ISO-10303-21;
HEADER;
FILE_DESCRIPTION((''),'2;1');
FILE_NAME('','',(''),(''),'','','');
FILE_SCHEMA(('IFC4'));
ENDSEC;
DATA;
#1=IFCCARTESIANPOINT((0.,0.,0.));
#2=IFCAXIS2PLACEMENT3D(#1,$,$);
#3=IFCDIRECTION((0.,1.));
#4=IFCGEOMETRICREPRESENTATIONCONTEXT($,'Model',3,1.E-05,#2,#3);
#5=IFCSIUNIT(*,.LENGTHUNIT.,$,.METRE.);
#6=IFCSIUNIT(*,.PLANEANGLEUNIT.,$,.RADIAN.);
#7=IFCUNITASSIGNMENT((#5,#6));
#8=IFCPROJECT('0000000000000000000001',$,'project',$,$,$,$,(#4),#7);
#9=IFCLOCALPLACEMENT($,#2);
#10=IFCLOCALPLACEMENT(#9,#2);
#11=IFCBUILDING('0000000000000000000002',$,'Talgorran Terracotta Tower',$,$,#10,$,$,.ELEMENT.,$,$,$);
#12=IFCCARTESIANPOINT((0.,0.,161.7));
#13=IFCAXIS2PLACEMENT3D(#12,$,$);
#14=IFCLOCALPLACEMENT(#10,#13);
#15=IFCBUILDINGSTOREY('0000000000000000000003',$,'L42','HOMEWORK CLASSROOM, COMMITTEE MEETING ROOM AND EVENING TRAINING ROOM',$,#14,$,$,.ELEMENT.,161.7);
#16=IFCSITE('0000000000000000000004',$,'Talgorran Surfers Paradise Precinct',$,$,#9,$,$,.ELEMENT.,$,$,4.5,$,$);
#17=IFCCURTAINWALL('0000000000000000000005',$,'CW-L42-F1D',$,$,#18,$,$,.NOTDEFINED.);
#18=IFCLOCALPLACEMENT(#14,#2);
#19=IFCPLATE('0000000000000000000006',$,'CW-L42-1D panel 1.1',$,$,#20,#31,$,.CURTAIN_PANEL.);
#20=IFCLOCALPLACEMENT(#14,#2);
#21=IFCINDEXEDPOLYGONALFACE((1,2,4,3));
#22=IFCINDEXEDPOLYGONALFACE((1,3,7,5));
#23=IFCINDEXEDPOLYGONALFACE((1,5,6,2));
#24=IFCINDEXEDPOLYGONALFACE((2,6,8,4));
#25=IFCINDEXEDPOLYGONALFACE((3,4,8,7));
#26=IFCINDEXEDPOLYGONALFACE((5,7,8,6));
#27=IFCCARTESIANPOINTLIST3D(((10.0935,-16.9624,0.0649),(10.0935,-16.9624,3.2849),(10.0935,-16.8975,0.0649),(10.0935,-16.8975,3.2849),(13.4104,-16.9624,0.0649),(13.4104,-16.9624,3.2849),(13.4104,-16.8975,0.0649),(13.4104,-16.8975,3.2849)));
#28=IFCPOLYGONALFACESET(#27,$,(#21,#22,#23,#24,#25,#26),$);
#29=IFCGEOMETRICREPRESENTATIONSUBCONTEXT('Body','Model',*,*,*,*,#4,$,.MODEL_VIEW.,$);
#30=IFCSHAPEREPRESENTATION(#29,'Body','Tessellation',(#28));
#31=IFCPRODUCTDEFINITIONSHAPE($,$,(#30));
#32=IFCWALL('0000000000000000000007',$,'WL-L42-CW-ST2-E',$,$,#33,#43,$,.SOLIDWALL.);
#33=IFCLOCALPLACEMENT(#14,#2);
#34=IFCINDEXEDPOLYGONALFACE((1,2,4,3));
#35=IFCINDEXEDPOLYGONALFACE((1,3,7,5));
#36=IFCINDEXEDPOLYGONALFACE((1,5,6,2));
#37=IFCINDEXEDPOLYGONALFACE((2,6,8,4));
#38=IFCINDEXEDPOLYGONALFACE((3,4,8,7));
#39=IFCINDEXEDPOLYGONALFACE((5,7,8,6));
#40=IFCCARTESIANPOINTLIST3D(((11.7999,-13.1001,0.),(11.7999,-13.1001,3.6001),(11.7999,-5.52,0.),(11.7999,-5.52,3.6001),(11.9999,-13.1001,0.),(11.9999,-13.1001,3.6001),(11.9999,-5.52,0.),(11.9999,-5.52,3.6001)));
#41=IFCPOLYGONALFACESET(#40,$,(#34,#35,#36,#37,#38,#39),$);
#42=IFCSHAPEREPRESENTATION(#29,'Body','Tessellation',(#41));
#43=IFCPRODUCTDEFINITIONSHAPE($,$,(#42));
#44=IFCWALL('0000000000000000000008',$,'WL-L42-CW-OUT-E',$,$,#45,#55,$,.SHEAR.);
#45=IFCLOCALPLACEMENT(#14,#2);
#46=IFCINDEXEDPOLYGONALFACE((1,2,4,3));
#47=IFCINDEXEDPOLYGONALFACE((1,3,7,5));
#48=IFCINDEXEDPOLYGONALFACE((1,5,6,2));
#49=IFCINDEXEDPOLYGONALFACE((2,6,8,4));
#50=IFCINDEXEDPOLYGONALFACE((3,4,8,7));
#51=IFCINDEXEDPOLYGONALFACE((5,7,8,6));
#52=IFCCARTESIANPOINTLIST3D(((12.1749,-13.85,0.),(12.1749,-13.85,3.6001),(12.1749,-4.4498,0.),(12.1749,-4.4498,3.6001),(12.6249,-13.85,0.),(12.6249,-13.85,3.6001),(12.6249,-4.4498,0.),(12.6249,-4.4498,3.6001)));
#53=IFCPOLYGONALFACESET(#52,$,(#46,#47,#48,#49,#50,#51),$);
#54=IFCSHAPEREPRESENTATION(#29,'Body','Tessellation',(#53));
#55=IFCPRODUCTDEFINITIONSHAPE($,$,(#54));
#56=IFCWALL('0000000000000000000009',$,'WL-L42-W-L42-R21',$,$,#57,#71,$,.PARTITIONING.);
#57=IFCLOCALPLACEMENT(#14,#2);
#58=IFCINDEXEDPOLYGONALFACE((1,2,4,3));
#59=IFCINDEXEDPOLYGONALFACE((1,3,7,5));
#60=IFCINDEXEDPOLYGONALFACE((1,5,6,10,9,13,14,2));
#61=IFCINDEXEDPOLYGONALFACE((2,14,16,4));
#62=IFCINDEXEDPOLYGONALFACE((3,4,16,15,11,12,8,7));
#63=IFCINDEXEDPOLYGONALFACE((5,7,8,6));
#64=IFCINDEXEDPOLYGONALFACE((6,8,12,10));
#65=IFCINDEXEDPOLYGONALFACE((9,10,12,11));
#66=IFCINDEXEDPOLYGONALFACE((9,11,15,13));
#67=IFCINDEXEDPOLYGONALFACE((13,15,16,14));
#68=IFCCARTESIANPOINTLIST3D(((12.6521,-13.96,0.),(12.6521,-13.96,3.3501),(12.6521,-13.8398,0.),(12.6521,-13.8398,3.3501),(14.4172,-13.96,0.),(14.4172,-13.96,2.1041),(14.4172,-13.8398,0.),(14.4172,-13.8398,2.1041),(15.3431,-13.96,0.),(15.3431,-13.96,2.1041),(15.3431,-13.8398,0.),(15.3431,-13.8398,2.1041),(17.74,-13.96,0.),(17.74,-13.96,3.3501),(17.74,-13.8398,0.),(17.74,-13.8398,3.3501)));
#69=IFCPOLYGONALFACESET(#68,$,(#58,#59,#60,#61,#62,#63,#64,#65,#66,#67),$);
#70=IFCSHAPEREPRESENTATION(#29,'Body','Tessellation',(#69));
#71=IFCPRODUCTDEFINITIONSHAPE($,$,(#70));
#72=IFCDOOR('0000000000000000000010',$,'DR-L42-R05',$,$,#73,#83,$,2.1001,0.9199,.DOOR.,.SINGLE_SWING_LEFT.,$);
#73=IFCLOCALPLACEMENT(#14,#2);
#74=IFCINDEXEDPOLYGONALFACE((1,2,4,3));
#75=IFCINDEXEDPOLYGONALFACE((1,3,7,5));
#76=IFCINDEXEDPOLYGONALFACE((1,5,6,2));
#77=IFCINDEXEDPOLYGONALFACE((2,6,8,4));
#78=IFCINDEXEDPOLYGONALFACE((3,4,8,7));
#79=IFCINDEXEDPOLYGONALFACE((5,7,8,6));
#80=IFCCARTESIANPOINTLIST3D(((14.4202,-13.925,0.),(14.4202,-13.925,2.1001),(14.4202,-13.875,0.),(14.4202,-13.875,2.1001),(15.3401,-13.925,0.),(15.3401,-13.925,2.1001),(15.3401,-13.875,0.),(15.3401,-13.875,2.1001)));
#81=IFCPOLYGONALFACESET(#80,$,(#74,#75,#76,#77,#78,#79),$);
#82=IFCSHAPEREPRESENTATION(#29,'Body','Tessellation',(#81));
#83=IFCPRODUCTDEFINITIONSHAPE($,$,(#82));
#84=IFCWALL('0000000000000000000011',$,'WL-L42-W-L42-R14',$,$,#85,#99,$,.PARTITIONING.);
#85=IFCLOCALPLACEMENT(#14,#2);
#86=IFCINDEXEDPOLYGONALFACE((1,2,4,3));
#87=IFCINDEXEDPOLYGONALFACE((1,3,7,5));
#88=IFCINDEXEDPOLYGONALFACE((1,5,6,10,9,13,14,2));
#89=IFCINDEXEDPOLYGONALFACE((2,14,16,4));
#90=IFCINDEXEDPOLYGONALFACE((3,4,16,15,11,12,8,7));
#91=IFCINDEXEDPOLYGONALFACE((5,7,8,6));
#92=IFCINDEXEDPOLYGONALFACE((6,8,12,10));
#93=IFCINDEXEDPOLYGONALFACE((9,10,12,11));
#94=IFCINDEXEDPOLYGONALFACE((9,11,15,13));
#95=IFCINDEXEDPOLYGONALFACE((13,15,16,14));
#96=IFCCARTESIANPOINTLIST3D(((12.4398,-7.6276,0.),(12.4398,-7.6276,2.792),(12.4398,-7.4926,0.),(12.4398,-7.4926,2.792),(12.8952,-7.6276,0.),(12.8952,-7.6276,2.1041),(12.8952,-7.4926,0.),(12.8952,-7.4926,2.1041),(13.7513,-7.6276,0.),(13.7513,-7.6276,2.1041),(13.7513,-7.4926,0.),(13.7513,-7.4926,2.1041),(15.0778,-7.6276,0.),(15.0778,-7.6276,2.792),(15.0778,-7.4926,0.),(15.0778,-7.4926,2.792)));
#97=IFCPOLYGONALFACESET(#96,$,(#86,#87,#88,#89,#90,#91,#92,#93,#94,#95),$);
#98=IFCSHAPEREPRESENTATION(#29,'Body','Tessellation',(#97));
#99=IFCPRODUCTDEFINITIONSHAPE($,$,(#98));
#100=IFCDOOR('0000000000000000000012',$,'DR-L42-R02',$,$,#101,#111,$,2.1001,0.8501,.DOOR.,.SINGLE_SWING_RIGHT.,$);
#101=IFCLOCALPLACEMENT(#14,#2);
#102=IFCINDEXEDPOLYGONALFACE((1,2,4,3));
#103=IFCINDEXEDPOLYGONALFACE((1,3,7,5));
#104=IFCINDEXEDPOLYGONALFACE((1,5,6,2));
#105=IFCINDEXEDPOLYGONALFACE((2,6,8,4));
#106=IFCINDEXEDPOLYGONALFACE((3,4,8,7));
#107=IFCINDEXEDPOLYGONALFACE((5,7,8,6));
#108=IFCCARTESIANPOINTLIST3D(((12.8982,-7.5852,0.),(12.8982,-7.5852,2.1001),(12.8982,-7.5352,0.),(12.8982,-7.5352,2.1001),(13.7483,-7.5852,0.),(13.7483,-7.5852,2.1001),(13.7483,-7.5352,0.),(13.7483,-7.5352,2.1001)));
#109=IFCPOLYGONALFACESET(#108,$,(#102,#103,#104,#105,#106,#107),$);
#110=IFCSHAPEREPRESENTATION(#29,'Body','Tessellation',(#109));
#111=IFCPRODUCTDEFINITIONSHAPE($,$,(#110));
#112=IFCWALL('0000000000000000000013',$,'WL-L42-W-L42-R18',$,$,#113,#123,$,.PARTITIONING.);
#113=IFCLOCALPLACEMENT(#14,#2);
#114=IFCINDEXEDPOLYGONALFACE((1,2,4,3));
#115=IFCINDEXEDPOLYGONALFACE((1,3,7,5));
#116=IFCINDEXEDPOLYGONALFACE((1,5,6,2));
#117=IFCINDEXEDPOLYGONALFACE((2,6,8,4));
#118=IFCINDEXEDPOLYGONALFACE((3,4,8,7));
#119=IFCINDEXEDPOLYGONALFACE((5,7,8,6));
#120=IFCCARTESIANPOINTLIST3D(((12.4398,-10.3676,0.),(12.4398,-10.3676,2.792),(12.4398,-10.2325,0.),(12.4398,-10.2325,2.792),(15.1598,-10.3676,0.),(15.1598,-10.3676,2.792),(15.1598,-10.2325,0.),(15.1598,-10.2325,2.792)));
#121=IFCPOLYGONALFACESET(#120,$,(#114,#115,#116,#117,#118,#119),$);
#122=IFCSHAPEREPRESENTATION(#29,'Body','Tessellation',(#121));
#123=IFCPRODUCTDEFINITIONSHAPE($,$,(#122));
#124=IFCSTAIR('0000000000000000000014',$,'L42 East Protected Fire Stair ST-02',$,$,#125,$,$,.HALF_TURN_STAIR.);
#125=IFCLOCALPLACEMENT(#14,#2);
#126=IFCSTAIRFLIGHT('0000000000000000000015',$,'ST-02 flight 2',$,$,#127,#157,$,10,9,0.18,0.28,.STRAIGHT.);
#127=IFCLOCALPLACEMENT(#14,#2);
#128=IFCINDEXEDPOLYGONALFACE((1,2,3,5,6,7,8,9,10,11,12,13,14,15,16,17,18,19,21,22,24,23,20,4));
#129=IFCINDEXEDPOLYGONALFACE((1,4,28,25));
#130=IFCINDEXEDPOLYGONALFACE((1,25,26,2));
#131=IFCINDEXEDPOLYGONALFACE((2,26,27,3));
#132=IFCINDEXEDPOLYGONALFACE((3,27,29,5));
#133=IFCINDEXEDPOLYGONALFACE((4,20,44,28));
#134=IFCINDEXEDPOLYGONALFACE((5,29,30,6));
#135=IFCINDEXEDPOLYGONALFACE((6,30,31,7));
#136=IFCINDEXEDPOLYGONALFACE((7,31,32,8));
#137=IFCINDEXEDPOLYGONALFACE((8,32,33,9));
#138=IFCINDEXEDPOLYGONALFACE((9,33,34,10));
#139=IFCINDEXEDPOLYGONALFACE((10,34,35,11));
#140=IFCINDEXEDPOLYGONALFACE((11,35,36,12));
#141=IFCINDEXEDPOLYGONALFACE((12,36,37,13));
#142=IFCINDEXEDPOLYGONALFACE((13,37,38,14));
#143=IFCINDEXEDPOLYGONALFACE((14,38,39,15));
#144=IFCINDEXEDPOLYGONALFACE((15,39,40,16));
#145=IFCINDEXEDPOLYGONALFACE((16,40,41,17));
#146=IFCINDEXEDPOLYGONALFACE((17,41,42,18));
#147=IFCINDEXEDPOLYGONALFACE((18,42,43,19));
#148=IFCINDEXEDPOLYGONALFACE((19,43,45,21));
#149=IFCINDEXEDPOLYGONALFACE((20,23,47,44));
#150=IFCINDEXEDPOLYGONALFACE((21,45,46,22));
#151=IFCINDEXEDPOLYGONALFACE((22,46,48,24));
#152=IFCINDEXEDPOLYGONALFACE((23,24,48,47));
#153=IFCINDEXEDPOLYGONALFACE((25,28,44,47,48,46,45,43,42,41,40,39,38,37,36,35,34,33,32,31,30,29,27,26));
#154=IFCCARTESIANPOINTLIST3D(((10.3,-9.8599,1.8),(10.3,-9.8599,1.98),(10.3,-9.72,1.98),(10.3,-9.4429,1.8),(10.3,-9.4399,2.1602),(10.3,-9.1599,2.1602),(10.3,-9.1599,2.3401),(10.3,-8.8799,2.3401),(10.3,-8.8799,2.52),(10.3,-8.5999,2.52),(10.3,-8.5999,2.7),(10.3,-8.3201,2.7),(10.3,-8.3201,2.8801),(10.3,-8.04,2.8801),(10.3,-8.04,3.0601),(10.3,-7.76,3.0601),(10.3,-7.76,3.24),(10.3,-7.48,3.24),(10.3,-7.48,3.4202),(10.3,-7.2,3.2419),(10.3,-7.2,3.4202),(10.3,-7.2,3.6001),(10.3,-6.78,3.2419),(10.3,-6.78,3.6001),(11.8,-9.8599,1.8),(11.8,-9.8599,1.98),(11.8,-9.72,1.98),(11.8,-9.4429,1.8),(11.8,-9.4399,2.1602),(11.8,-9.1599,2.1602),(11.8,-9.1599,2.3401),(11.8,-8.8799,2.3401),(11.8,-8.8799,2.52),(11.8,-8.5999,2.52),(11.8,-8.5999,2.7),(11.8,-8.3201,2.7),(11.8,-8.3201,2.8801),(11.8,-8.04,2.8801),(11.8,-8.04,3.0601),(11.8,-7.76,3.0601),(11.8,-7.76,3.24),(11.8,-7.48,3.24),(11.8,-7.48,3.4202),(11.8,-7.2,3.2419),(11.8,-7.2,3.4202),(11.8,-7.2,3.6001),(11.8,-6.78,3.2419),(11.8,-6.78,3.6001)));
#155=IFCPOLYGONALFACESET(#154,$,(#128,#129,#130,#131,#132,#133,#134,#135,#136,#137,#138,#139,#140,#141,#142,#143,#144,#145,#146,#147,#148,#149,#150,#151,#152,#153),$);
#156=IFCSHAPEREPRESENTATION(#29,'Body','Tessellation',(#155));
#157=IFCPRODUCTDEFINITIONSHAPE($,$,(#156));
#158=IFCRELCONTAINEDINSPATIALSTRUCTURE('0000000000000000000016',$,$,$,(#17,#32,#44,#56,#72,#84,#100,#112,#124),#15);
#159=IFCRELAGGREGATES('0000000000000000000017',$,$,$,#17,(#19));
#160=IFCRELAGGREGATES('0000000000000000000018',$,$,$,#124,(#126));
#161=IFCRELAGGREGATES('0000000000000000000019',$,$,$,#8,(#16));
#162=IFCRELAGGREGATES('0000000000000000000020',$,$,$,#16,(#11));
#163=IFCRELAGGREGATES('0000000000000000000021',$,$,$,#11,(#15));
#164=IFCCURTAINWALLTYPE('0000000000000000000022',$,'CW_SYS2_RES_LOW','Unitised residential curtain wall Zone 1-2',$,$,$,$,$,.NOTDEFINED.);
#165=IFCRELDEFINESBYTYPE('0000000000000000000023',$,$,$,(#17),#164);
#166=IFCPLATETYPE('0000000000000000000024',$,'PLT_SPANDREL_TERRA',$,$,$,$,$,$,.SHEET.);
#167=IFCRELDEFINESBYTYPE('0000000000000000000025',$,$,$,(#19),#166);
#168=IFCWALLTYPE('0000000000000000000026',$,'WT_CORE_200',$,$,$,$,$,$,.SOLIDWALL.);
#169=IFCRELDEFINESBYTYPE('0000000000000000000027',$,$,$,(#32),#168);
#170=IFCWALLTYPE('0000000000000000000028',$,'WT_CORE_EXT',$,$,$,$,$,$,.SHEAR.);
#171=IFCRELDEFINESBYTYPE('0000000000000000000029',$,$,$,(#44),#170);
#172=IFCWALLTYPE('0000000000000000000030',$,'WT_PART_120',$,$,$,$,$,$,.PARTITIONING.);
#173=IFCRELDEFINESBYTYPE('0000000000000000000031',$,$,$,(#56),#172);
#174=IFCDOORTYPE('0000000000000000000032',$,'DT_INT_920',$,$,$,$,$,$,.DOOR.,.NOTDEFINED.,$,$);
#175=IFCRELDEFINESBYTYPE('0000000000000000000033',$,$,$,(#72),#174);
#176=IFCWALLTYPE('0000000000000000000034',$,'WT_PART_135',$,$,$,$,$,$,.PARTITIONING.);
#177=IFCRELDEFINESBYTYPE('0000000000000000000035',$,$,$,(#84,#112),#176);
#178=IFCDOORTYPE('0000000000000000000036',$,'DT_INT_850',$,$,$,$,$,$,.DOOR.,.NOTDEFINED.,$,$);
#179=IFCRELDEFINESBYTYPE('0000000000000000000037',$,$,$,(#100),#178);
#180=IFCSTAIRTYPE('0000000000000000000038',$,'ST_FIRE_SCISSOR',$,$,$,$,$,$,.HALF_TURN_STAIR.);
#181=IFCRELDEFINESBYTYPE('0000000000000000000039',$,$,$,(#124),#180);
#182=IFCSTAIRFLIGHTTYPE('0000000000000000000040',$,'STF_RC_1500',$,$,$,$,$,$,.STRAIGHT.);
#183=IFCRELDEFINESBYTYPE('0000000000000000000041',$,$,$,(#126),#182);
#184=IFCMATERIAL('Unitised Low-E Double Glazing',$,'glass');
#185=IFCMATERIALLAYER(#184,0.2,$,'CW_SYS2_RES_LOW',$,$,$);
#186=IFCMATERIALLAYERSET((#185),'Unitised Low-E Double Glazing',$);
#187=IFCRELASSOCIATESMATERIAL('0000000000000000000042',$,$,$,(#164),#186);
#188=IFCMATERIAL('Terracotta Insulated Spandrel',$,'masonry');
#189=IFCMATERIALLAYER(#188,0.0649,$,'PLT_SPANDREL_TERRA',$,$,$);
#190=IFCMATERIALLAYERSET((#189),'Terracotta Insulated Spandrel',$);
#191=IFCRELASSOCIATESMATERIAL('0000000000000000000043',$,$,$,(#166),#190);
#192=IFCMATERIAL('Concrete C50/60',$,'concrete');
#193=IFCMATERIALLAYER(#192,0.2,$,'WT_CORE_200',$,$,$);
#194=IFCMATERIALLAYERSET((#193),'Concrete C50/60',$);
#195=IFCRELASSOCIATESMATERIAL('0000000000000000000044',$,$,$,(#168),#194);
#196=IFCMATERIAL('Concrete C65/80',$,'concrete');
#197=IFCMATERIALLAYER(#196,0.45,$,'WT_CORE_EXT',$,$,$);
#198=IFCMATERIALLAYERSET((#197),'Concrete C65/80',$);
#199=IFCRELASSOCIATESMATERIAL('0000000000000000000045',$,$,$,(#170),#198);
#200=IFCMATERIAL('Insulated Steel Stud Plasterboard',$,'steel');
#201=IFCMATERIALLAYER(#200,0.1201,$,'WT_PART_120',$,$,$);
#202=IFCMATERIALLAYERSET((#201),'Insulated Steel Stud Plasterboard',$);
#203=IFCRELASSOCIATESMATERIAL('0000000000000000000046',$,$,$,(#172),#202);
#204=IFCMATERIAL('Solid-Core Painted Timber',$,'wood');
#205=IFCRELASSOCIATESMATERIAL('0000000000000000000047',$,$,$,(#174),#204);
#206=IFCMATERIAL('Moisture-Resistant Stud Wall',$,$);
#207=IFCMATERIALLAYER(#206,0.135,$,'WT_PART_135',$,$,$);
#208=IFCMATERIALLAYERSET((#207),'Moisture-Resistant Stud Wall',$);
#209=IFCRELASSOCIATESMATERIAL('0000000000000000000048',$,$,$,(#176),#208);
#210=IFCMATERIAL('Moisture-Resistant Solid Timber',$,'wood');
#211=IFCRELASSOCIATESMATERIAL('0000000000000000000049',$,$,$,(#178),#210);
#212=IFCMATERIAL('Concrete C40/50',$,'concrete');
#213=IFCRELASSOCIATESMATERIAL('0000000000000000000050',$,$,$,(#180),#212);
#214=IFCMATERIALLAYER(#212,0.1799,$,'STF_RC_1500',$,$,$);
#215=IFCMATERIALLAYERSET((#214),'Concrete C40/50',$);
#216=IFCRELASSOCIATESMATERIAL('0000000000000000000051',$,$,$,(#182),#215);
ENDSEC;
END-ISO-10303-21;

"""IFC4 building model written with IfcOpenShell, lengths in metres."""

from ifc_helpers import new_model, si_unit, direction, frame, frame_2d, origin, origin_2d, place, context, subcontext, project, spatial, polyline, rectangle, outline, extrude, source, transform, mapped, material, layer, layer_set, type_object, type_shapes, element, fill, aggregate, save


model = new_model("IFC4")

# Units and contexts
model_context = context("Model", 3, precision=1e-05, world=origin(), true_north=direction((0.0, 1.0)))
body_context = subcontext(model_context, "Body", "Model", "MODEL_VIEW")
ifc_project = project(units=[si_unit("LENGTHUNIT", "METRE"), si_unit("PLANEANGLEUNIT", "RADIAN")], contexts=[model_context])

# Site, building, storey
site_placement = place(None, origin())
site = spatial("IfcSite", under=ifc_project, at=site_placement, Name="Talgorran Surfers Paradise Precinct", CompositionType="ELEMENT", RefElevation=4.5)
building_placement = place(site_placement, origin())
building = spatial("IfcBuilding", under=site, at=building_placement, Name="Talgorran Terracotta Tower", CompositionType="ELEMENT")
storey_placement = place(building_placement, frame((0.0, 0.0, 161.7)))
storey = spatial("IfcBuildingStorey", under=building, at=storey_placement, Name="L42", Description="HOMEWORK CLASSROOM, COMMITTEE MEETING ROOM AND EVENING TRAINING ROOM", CompositionType="ELEMENT", Elevation=161.7)

# Curtain wall
ifc_material_1 = material(Name="Unitised Low-E Double Glazing", Category="glass")
ifc_layer_1 = layer(ifc_material_1, 0.2, Name="CW_SYS2_RES_LOW")
ifc_layer_set_1 = layer_set([ifc_layer_1], Name="Unitised Low-E Double Glazing")
curtain_wall_type = type_object("IfcCurtainWallType", Name="CW_SYS2_RES_LOW", Description="Unitised residential curtain wall Zone 1-2", PredefinedType="NOTDEFINED", material=ifc_layer_set_1)
curtain_wall_1_placement = place(storey_placement, origin())
curtain_wall_1 = element("IfcCurtainWall", 1, at=curtain_wall_1_placement, inside=storey, type_object=curtain_wall_type, Name="CW-L42-F1D", PredefinedType="NOTDEFINED")

# Plate
ifc_material_2 = material(Name="Terracotta Insulated Spandrel", Category="masonry")
ifc_layer_2 = layer(ifc_material_2, 0.0649, Name="PLT_SPANDREL_TERRA")
ifc_layer_set_2 = layer_set([ifc_layer_2], Name="Terracotta Insulated Spandrel")
plate_type_1 = type_object("IfcPlateType", Name="PLT_SPANDREL_TERRA", PredefinedType="SHEET", material=ifc_layer_set_2)
shared_shape = source(origin(), body_context, "Body", "SweptSolid", [
    extrude(rectangle(XDim=3.3169, YDim=0.0649, at=origin_2d()), origin(), (0.0, 0.0, 1.0), 3.22),
])
type_shapes(plate_type_1, [shared_shape])
plate_placement = place(storey_placement, frame((11.752, -16.9299, 0.0649), z_axis=(0.0, 0.0, 1.0), x_axis=(1.0, 0.0, 0.0)))
plate = element("IfcPlate", 2, at=plate_placement, type_object=plate_type_1, Name="CW-L42-1D panel 1.1", PredefinedType="CURTAIN_PANEL", context=body_context, shape_type="MappedRepresentation", body=[
    mapped(shared_shape, transform((0.0, 0.0, 0.0), scale=1.0)),
])
aggregate(curtain_wall_1, [plate])

# Walls
ifc_material_3 = material(Name="Concrete C50/60", Category="concrete")
ifc_layer_3 = layer(ifc_material_3, 0.2, Name="WT_CORE_200")
ifc_layer_set_3 = layer_set([ifc_layer_3], Name="Concrete C50/60")
wall_type_1 = type_object("IfcWallType", Name="WT_CORE_200", PredefinedType="SOLIDWALL", material=ifc_layer_set_3)
wall_1_placement = place(storey_placement, frame((11.8999, -13.1001, 0.0), z_axis=(0.0, 0.0, 1.0), x_axis=(0.0, 1.0, 0.0)))
element("IfcWall", 3, at=wall_1_placement, inside=storey, type_object=wall_type_1, Name="WL-L42-CW-ST2-E", PredefinedType="SOLIDWALL", context=body_context, shape_type="SweptSolid", body=[
    extrude(rectangle(XDim=7.5801, YDim=0.2, at=frame_2d((3.79, 0.0))), origin(), (0.0, 0.0, 1.0), 3.6001),
])
ifc_material_4 = material(Name="Concrete C65/80", Category="concrete")
ifc_layer_4 = layer(ifc_material_4, 0.45, Name="WT_CORE_EXT")
ifc_layer_set_4 = layer_set([ifc_layer_4], Name="Concrete C65/80")
wall_type_2 = type_object("IfcWallType", Name="WT_CORE_EXT", PredefinedType="SHEAR", material=ifc_layer_set_4)
wall_2_placement = place(storey_placement, frame((12.3999, -13.8501, 0.0), z_axis=(0.0, 0.0, 1.0), x_axis=(0.0, 1.0, 0.0)))
element("IfcWall", 4, at=wall_2_placement, inside=storey, type_object=wall_type_2, Name="WL-L42-CW-OUT-E", PredefinedType="SHEAR", context=body_context, shape_type="SweptSolid", body=[
    extrude(rectangle(XDim=9.4001, YDim=0.45, at=frame_2d((4.7002, 0.0))), origin(), (0.0, 0.0, 1.0), 3.6001),
])

# Walls, openings, doors
ifc_material_5 = material(Name="Insulated Steel Stud Plasterboard", Category="steel")
ifc_layer_5 = layer(ifc_material_5, 0.1201, Name="WT_PART_120")
ifc_layer_set_5 = layer_set([ifc_layer_5], Name="Insulated Steel Stud Plasterboard")
wall_type_3 = type_object("IfcWallType", Name="WT_PART_120", PredefinedType="PARTITIONING", material=ifc_layer_set_5)
wall_3_placement = place(storey_placement, frame((12.6521, -13.8999, 0.0), z_axis=(0.0, 0.0, 1.0), x_axis=(1.0, 0.0, 0.0)))
wall_3 = element("IfcWall", 5, at=wall_3_placement, inside=storey, type_object=wall_type_3, Name="WL-L42-W-L42-R21", PredefinedType="PARTITIONING", context=body_context, shape_type="SweptSolid", body=[
    extrude(rectangle(XDim=5.0879, YDim=0.1201, at=frame_2d((2.5439, 0.0))), origin(), (0.0, 0.0, 1.0), 3.3501),
])
opening_1_placement = place(wall_3_placement, frame((1.7681, 0.0, 0.0)))
opening_1 = element("IfcOpeningElement", 6, at=opening_1_placement, cuts=wall_3, PredefinedType="OPENING", context=body_context, shape_type="SweptSolid", body=[
    extrude(rectangle(XDim=0.9259, YDim=2.1041, at=frame_2d((0.46, 1.052))), frame((0.0, 0.0701, 0.0), z_axis=(0.0, -1.0, 0.0), x_axis=(1.0, 0.0, 0.0)), (0.0, 0.0, 1.0), 0.1401),
])
ifc_material_6 = material(Name="Solid-Core Painted Timber", Category="wood")
door_type_1 = type_object("IfcDoorType", Name="DT_INT_920", OperationType="NOTDEFINED", PredefinedType="DOOR", material=ifc_material_6)
door_1_placement = place(opening_1_placement, origin())
door_1 = element("IfcDoor", 7, at=door_1_placement, inside=storey, type_object=door_type_1, Name="DR-L42-R05", OperationType="SINGLE_SWING_LEFT", OverallHeight=2.1001, OverallWidth=0.9199, PredefinedType="DOOR", context=body_context, shape_type="SweptSolid", body=[
    extrude(rectangle(XDim=0.9199, YDim=2.1001, at=frame_2d((0.46, 1.05))), frame((0.0, 0.0249, 0.0), z_axis=(0.0, -1.0, 0.0), x_axis=(1.0, 0.0, 0.0)), (0.0, 0.0, 1.0), 0.05),
])
fill(opening_1, door_1)
ifc_material_7 = material(Name="Moisture-Resistant Stud Wall")
ifc_layer_6 = layer(ifc_material_7, 0.135, Name="WT_PART_135")
ifc_layer_set_6 = layer_set([ifc_layer_6], Name="Moisture-Resistant Stud Wall")
wall_type_4 = type_object("IfcWallType", Name="WT_PART_135", PredefinedType="PARTITIONING", material=ifc_layer_set_6)
wall_4_placement = place(storey_placement, frame((12.4399, -7.5601, 0.0), z_axis=(0.0, 0.0, 1.0), x_axis=(1.0, 0.0, 0.0)))
wall_4 = element("IfcWall", 8, at=wall_4_placement, inside=storey, type_object=wall_type_4, Name="WL-L42-W-L42-R14", PredefinedType="PARTITIONING", context=body_context, shape_type="SweptSolid", body=[
    extrude(rectangle(XDim=2.6379, YDim=0.135, at=frame_2d((1.3188, 0.0))), origin(), (0.0, 0.0, 1.0), 2.792),
])
opening_2_placement = place(wall_4_placement, frame((0.4583, 0.0, 0.0)))
opening_2 = element("IfcOpeningElement", 9, at=opening_2_placement, cuts=wall_4, PredefinedType="OPENING", context=body_context, shape_type="SweptSolid", body=[
    extrude(rectangle(XDim=0.8561, YDim=2.1041, at=frame_2d((0.425, 1.052))), frame((0.0, 0.0776, 0.0), z_axis=(0.0, -1.0, 0.0), x_axis=(1.0, 0.0, 0.0)), (0.0, 0.0, 1.0), 0.155),
])
ifc_material_8 = material(Name="Moisture-Resistant Solid Timber", Category="wood")
door_type_2 = type_object("IfcDoorType", Name="DT_INT_850", OperationType="NOTDEFINED", PredefinedType="DOOR", material=ifc_material_8)
door_2_placement = place(opening_2_placement, origin())
door_2 = element("IfcDoor", 10, at=door_2_placement, inside=storey, type_object=door_type_2, Name="DR-L42-R02", OperationType="SINGLE_SWING_RIGHT", OverallHeight=2.1001, OverallWidth=0.8501, PredefinedType="DOOR", context=body_context, shape_type="SweptSolid", body=[
    extrude(rectangle(XDim=0.8501, YDim=2.1001, at=frame_2d((0.425, 1.05))), frame((0.0, 0.0249, 0.0), z_axis=(0.0, -1.0, 0.0), x_axis=(1.0, 0.0, 0.0)), (0.0, 0.0, 1.0), 0.05),
])
fill(opening_2, door_2)

# Wall
wall_5_placement = place(storey_placement, frame((12.4399, -10.3, 0.0), z_axis=(0.0, 0.0, 1.0), x_axis=(1.0, 0.0, 0.0)))
element("IfcWall", 11, at=wall_5_placement, inside=storey, type_object=wall_type_4, Name="WL-L42-W-L42-R18", PredefinedType="PARTITIONING", context=body_context, shape_type="SweptSolid", body=[
    extrude(rectangle(XDim=2.72, YDim=0.135, at=frame_2d((1.3599, 0.0))), origin(), (0.0, 0.0, 1.0), 2.792),
])

# Stair, stair flight
ifc_material_9 = material(Name="Concrete C40/50", Category="concrete")
stair_type = type_object("IfcStairType", Name="ST_FIRE_SCISSOR", PredefinedType="HALF_TURN_STAIR", material=ifc_material_9)
stair_placement = place(storey_placement, origin())
stair = element("IfcStair", 12, at=stair_placement, inside=storey, type_object=stair_type, Name="L42 East Protected Fire Stair ST-02", PredefinedType="HALF_TURN_STAIR")
ifc_layer_7 = layer(ifc_material_9, 0.1799, Name="STF_RC_1500")
ifc_layer_set_7 = layer_set([ifc_layer_7], Name="Concrete C40/50")
stair_flight_type = type_object("IfcStairFlightType", Name="STF_RC_1500", PredefinedType="STRAIGHT", material=ifc_layer_set_7)
stair_flight_placement = place(storey_placement, frame((11.05, -9.72, 1.8), z_axis=(0.0, 0.0, 1.0), x_axis=(0.0, 1.0, 0.0)))
stair_flight = element("IfcStairFlight", 13, at=stair_flight_placement, type_object=stair_flight_type, Name="ST-02 flight 2", NumberOfRisers=10, NumberOfTreads=9, PredefinedType="STRAIGHT", RiserHeight=0.18, TreadLength=0.28, context=body_context, shape_type="SweptSolid", body=[
    extrude(outline(polyline([(-0.1399, 0.0), (-0.1399, 0.1799), (0.0, 0.1799), (0.28, 0.3601), (0.5601, 0.3601), (0.5601, 0.54), (0.8401, 0.54), (0.8401, 0.72), (1.1201, 0.72), (1.1201, 0.8999), (1.3999, 0.8999), (1.3999, 1.0801), (1.6799, 1.0801), (1.6799, 1.26), (1.96, 1.26), (1.96, 1.4399), (2.24, 1.4399), (2.24, 1.6201), (2.52, 1.6201), (2.52, 1.8), (2.9399, 1.8), (2.9399, 1.4419), (2.52, 1.4419), (0.2771, 0.0), (-0.1399, 0.0)])), frame((0.0, 0.75, 0.0), z_axis=(0.0, -1.0, 0.0), x_axis=(1.0, 0.0, 0.0)), (0.0, 0.0, 1.0), 1.5),
])
aggregate(stair, [stair_flight])

save(model, "model.ifc")
